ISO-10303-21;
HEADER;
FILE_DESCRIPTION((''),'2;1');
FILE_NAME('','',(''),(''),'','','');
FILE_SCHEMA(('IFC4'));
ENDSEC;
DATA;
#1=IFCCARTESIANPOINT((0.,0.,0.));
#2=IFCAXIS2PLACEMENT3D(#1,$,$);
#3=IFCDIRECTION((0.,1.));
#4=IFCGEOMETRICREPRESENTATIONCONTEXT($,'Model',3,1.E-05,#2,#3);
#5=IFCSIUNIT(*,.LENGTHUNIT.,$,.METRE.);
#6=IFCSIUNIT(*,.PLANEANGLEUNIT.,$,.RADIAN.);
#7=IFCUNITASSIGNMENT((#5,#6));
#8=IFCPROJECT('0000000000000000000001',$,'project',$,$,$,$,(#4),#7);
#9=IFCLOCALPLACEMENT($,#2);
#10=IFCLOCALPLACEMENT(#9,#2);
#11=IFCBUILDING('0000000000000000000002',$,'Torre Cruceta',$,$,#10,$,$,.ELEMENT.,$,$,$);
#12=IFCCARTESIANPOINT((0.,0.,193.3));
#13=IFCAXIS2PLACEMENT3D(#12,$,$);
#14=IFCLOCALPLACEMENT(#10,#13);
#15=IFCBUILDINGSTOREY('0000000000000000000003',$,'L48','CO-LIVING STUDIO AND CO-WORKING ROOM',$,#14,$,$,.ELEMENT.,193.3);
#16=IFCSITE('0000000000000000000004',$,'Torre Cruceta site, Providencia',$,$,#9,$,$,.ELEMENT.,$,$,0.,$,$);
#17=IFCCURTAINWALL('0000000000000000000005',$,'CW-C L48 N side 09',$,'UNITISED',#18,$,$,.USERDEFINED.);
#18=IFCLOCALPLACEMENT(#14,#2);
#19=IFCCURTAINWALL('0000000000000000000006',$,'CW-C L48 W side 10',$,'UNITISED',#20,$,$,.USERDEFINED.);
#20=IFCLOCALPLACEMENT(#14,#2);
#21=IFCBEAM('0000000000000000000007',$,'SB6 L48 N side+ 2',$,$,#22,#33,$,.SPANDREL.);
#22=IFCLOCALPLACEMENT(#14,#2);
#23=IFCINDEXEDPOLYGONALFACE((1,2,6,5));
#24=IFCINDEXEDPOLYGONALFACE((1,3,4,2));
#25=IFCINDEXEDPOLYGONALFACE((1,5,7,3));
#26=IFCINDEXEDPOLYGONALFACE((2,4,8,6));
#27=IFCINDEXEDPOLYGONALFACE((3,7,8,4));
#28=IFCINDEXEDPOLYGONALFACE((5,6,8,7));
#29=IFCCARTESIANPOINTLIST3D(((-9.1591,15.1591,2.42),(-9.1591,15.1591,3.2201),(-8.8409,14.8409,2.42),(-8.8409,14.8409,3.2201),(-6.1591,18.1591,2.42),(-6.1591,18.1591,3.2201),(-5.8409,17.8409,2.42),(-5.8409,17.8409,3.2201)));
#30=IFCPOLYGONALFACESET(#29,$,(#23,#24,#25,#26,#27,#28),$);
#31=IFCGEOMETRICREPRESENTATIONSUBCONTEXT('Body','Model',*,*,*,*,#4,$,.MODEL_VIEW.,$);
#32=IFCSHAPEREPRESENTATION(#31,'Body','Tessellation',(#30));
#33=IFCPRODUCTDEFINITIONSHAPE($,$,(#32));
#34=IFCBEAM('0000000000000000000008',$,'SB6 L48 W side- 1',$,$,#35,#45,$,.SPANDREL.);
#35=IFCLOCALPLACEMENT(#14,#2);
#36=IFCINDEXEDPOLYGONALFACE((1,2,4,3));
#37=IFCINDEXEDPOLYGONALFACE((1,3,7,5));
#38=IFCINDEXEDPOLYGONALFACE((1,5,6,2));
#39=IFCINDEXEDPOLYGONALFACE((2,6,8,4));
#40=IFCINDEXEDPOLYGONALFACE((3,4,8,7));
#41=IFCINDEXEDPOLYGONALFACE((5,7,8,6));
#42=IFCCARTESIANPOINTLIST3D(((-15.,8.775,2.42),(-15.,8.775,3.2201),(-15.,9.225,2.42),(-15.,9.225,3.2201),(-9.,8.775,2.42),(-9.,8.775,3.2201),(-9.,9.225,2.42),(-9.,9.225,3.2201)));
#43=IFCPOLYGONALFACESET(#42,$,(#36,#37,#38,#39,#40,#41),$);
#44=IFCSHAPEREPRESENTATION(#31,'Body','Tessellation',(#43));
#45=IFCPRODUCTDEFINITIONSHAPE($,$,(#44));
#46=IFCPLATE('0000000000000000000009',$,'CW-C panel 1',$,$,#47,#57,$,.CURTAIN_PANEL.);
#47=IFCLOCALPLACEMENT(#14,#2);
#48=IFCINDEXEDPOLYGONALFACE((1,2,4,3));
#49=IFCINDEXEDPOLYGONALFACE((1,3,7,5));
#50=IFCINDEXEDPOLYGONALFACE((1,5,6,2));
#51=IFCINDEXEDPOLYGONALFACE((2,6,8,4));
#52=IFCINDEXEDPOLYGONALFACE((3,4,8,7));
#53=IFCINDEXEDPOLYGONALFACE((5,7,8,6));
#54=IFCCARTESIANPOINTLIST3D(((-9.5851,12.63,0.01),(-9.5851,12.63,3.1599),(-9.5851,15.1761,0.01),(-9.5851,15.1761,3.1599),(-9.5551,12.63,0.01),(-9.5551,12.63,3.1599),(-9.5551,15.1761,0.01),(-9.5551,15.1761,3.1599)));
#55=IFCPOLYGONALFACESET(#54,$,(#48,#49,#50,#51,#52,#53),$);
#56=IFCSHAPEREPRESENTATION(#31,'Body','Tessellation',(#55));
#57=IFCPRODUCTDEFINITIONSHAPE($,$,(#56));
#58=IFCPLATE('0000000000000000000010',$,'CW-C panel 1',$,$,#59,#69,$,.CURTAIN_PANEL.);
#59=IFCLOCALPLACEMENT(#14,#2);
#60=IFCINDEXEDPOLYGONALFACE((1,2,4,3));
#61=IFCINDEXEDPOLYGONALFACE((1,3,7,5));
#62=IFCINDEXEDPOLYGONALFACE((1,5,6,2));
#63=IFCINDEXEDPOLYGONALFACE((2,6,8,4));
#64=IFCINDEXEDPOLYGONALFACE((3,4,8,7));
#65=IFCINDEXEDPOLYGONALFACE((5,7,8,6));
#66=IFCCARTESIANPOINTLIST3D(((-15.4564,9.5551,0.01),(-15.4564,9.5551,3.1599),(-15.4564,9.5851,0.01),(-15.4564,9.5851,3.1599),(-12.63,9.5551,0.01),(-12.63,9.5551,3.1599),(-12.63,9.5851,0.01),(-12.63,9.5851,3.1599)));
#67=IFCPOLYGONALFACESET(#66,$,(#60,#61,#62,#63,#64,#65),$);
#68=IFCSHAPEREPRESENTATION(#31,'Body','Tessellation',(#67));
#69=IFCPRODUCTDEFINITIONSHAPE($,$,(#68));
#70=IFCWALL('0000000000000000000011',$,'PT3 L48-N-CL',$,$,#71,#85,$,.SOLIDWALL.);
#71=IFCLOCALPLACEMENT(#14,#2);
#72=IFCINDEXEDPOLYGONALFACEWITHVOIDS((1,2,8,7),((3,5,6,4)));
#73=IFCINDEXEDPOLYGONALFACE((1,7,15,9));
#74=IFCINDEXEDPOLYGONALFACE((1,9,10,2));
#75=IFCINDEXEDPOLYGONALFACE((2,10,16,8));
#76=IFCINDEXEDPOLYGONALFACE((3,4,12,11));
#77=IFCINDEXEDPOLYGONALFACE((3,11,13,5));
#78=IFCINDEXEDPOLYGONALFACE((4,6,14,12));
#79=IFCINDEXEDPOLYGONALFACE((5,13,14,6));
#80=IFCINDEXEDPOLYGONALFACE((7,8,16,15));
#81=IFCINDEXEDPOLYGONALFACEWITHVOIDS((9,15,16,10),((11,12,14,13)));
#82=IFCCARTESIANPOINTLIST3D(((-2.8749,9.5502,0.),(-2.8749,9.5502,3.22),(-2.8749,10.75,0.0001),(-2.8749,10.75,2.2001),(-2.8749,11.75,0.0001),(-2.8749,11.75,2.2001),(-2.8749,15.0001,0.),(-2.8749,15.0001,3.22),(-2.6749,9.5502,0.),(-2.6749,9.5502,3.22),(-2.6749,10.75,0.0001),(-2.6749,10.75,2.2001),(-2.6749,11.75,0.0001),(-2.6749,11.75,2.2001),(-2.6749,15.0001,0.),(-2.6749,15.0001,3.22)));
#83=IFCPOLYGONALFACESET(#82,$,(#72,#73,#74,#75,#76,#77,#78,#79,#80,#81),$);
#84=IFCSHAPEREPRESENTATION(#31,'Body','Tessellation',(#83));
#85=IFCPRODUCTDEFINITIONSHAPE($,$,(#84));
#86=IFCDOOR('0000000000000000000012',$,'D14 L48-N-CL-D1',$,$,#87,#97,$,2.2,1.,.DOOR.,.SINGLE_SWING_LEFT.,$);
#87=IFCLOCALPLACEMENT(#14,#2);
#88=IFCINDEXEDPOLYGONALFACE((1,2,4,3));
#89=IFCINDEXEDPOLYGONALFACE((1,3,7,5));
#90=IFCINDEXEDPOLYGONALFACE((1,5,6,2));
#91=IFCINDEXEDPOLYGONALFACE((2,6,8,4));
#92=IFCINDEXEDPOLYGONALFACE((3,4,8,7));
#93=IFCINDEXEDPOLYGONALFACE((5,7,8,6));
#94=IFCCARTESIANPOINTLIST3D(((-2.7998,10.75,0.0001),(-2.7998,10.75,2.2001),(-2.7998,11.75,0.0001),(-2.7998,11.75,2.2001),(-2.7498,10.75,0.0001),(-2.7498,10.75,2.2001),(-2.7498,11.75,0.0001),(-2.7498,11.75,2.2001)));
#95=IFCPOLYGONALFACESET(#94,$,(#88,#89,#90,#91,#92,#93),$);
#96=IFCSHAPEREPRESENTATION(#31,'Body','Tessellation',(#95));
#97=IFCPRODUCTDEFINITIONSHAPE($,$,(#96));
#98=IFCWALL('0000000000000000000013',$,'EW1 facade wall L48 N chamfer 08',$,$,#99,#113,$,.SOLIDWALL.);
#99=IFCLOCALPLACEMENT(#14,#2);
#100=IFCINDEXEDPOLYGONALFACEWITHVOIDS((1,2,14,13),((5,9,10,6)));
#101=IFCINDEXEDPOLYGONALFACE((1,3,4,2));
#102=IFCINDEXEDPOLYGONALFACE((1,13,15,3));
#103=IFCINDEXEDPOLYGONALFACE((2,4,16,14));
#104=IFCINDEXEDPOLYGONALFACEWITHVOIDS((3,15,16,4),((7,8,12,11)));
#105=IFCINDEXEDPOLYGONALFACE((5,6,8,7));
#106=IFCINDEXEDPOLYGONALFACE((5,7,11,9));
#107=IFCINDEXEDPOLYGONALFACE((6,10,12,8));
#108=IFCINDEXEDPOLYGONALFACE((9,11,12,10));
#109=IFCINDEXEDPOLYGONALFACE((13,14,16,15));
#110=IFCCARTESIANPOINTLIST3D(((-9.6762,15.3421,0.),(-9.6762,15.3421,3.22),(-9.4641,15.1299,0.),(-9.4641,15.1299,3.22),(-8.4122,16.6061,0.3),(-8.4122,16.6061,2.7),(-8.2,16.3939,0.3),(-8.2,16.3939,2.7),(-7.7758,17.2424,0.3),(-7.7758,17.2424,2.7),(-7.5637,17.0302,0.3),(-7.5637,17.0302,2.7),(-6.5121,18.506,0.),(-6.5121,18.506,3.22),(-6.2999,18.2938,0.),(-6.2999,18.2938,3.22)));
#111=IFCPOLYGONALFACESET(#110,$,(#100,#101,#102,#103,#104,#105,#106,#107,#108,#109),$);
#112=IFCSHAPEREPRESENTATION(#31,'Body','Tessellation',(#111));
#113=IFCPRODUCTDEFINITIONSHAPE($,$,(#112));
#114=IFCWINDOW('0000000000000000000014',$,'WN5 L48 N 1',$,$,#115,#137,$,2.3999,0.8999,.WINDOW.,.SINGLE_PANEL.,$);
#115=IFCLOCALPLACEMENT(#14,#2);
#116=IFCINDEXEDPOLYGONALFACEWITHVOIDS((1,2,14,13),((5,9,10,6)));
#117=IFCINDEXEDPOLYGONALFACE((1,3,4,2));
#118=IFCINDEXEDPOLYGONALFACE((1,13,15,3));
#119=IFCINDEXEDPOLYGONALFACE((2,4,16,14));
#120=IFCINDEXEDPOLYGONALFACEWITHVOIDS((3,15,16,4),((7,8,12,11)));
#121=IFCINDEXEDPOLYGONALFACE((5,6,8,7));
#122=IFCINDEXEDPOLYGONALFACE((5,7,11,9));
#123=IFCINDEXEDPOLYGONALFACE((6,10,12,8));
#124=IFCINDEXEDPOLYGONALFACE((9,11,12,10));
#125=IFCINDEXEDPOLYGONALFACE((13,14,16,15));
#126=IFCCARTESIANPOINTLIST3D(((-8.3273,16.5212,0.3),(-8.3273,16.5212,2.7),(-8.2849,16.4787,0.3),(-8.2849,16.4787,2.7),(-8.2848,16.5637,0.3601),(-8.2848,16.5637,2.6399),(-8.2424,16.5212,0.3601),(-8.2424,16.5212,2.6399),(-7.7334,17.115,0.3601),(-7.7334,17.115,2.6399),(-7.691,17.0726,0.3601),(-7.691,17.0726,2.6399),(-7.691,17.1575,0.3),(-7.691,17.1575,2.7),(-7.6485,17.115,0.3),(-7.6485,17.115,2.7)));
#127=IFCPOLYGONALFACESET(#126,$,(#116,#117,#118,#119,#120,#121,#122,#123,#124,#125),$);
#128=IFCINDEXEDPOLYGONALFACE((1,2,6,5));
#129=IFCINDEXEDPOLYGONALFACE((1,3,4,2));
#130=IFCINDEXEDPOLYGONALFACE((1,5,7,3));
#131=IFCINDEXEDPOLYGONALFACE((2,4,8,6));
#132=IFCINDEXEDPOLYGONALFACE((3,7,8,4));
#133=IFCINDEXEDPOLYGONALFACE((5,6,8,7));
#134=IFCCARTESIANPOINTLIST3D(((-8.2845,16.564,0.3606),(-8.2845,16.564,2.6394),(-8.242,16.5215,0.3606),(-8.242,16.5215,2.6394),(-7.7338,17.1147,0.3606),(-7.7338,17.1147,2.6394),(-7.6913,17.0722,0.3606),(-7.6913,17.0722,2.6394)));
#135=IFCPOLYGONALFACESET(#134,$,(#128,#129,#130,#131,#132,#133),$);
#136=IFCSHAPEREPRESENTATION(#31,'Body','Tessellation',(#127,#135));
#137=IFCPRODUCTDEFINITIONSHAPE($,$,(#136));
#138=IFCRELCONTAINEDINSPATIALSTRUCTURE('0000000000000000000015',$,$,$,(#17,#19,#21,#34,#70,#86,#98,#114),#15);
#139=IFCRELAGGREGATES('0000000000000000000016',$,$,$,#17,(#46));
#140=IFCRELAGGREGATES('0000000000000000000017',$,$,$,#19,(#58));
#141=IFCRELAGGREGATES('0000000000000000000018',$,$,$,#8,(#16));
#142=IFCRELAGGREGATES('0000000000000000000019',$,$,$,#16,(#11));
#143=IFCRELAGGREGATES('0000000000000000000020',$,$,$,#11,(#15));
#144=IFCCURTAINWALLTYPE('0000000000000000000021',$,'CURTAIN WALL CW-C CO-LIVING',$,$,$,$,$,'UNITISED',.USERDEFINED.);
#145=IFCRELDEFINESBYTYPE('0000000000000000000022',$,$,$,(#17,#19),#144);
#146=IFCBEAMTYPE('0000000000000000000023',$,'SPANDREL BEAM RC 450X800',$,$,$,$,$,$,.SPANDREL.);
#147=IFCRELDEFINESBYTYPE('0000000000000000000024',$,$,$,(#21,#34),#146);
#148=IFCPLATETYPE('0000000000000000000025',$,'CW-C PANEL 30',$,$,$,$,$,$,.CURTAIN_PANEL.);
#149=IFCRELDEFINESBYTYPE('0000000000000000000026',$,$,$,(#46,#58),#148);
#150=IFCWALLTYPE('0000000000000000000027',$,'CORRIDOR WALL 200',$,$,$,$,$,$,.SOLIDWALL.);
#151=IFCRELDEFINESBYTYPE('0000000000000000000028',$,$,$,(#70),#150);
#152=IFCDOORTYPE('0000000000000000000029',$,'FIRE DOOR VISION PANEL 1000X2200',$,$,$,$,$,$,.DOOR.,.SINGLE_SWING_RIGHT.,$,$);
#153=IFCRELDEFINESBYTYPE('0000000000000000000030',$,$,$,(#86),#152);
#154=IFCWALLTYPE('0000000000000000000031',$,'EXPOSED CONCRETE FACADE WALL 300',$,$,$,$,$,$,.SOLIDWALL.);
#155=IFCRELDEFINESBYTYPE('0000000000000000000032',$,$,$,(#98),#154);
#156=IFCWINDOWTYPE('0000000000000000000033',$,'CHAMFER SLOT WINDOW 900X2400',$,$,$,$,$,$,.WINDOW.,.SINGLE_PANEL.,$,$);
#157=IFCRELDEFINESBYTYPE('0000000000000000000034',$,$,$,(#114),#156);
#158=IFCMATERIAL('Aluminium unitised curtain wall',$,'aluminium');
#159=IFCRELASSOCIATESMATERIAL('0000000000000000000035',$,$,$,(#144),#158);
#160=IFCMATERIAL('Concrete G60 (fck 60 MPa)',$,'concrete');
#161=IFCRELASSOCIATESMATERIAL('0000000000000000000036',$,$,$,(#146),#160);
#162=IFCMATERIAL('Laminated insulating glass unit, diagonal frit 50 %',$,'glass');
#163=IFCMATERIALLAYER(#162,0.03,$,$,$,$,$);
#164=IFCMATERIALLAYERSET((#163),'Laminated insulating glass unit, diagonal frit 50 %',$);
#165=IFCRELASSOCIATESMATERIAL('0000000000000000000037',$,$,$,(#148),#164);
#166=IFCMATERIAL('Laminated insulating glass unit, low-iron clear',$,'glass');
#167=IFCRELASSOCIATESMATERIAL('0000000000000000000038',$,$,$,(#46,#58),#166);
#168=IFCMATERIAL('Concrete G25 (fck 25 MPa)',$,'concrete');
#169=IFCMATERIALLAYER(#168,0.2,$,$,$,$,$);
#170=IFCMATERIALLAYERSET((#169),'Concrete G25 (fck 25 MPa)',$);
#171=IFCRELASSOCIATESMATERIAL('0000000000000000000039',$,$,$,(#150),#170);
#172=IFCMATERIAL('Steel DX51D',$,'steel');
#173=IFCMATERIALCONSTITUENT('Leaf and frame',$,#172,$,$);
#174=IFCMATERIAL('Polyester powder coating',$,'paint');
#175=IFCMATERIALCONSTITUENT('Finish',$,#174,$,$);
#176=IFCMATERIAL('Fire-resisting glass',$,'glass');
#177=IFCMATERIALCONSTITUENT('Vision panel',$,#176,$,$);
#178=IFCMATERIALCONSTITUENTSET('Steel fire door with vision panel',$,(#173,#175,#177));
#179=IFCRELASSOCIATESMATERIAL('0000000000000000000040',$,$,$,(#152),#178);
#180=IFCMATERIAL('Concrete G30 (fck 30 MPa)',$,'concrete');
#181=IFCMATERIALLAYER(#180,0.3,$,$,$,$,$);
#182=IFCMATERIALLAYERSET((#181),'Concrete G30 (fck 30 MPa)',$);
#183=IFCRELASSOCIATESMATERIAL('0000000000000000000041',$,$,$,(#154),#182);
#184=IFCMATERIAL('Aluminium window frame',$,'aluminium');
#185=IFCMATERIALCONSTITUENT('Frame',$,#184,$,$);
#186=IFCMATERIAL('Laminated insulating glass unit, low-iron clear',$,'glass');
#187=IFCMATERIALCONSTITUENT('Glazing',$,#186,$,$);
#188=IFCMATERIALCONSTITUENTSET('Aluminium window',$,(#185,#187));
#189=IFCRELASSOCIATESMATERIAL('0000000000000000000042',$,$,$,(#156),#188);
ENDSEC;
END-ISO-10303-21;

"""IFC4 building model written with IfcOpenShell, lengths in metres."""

from ifc_helpers import new_model, si_unit, direction, frame, frame_2d, origin, origin_2d, place, context, subcontext, project, spatial, rectangle, hollow_rectangle, extrude, material, layer, layer_set, constituent, constituent_set, material_profile, profile_set, type_object, element, fill, aggregate, save


model = new_model("IFC4")

# Units and contexts
model_context = context("Model", 3, precision=1e-05, world=origin(), true_north=direction((0.0, 1.0)))
body_context = subcontext(model_context, "Body", "Model", "MODEL_VIEW")
ifc_project = project(units=[si_unit("LENGTHUNIT", "METRE"), si_unit("PLANEANGLEUNIT", "RADIAN")], contexts=[model_context])

# Site, building, storey
site_placement = place(None, origin())
site = spatial("IfcSite", under=ifc_project, at=site_placement, Name="Torre Cruceta site, Providencia", CompositionType="ELEMENT", RefElevation=0.0)
building_placement = place(site_placement, origin())
building = spatial("IfcBuilding", under=site, at=building_placement, Name="Torre Cruceta", CompositionType="ELEMENT")
storey_placement = place(building_placement, frame((0.0, 0.0, 193.3)))
storey = spatial("IfcBuildingStorey", under=building, at=storey_placement, Name="L48", Description="CO-LIVING STUDIO AND CO-WORKING ROOM", CompositionType="ELEMENT", Elevation=193.3)

# Curtain wall
ifc_material_1 = material(Name="Aluminium unitised curtain wall", Category="aluminium")
curtain_wall_type = type_object("IfcCurtainWallType", Name="CURTAIN WALL CW-C CO-LIVING", ElementType="UNITISED", PredefinedType="USERDEFINED", material=ifc_material_1)
curtain_wall_1_placement = place(storey_placement, origin())
curtain_wall_1 = element("IfcCurtainWall", 1, at=curtain_wall_1_placement, inside=storey, type_object=curtain_wall_type, Name="CW-C L48 N side 09", ObjectType="UNITISED", PredefinedType="USERDEFINED")

# Curtain wall
curtain_wall_2_placement = place(storey_placement, origin())
curtain_wall_2 = element("IfcCurtainWall", 2, at=curtain_wall_2_placement, inside=storey, type_object=curtain_wall_type, Name="CW-C L48 W side 10", ObjectType="UNITISED", PredefinedType="USERDEFINED")

# Beams
ifc_material_2 = material(Name="Concrete G60 (fck 60 MPa)", Category="concrete")
ifc_material_profile_1 = material_profile(ifc_material_2, rectangle(XDim=0.45, YDim=0.8, at=origin_2d()), Name="RC 450X800")
ifc_profile_set_1 = profile_set([ifc_material_profile_1], Name="Concrete G60 (fck 60 MPa)")
beam_type_1 = type_object("IfcBeamType", Name="SPANDREL BEAM RC 450X800", PredefinedType="SPANDREL", material=ifc_profile_set_1)
beam_1_placement = place(storey_placement, frame((-9.0, 15.0, 2.8201), z_axis=(0.707107, 0.707107, 0.0), x_axis=(-0.707107, 0.707107, 0.0)))
element("IfcBeam", 3, at=beam_1_placement, inside=storey, type_object=beam_type_1, Name="SB6 L48 N side+ 2", PredefinedType="SPANDREL", context=body_context, shape_type="SweptSolid", body=[
    extrude(rectangle(XDim=0.45, YDim=0.8, at=origin_2d()), origin(), (0.0, 0.0, 1.0), 4.2427),
])
beam_2_placement = place(storey_placement, frame((-9.0, 9.0, 2.8201), z_axis=(-1.0, 0.0, 0.0), x_axis=(0.0, -1.0, 0.0)))
element("IfcBeam", 4, at=beam_2_placement, inside=storey, type_object=beam_type_1, Name="SB6 L48 W side- 1", PredefinedType="SPANDREL", context=body_context, shape_type="SweptSolid", body=[
    extrude(rectangle(XDim=0.45, YDim=0.8, at=origin_2d()), origin(), (0.0, 0.0, 1.0), 6.0),
])

# Plates
ifc_material_3 = material(Name="Laminated insulating glass unit, low-iron clear", Category="glass")
ifc_material_4 = material(Name="Laminated insulating glass unit, diagonal frit 50 %", Category="glass")
ifc_layer_1 = layer(ifc_material_4, 0.03)
ifc_layer_set_1 = layer_set([ifc_layer_1], Name="Laminated insulating glass unit, diagonal frit 50 %")
plate_type = type_object("IfcPlateType", Name="CW-C PANEL 30", PredefinedType="CURTAIN_PANEL", material=ifc_layer_set_1)
plate_1_placement = place(storey_placement, frame((-9.5701, 13.9031, 0.01), z_axis=(0.0, 0.0, 1.0), x_axis=(0.0, -1.0, 0.0)))
plate_1 = element("IfcPlate", 5, at=plate_1_placement, type_object=plate_type, material=ifc_material_3, Name="CW-C panel 1", PredefinedType="CURTAIN_PANEL", context=body_context, shape_type="SweptSolid", body=[
    extrude(rectangle(XDim=2.5461, YDim=0.03, at=origin_2d()), origin(), (0.0, 0.0, 1.0), 3.1499),
])
aggregate(curtain_wall_1, [plate_1])
plate_2_placement = place(storey_placement, frame((-14.0432, 9.5701, 0.01), z_axis=(0.0, 0.0, 1.0), x_axis=(-1.0, 0.0, 0.0)))
plate_2 = element("IfcPlate", 6, at=plate_2_placement, type_object=plate_type, material=ifc_material_3, Name="CW-C panel 1", PredefinedType="CURTAIN_PANEL", context=body_context, shape_type="SweptSolid", body=[
    extrude(rectangle(XDim=2.8264, YDim=0.03, at=origin_2d()), origin(), (0.0, 0.0, 1.0), 3.1499),
])
aggregate(curtain_wall_2, [plate_2])

# Wall, opening, door
ifc_material_5 = material(Name="Concrete G25 (fck 25 MPa)", Category="concrete")
ifc_layer_2 = layer(ifc_material_5, 0.2)
ifc_layer_set_2 = layer_set([ifc_layer_2], Name="Concrete G25 (fck 25 MPa)")
wall_type_1 = type_object("IfcWallType", Name="CORRIDOR WALL 200", PredefinedType="SOLIDWALL", material=ifc_layer_set_2)
wall_1_placement = place(storey_placement, frame((-2.7749, 9.55, 0.0), z_axis=(0.0, 0.0, 1.0), x_axis=(0.0, 1.0, 0.0)))
wall_1 = element("IfcWall", 7, at=wall_1_placement, inside=storey, type_object=wall_type_1, Name="PT3 L48-N-CL", PredefinedType="SOLIDWALL", context=body_context, shape_type="SweptSolid", body=[
    extrude(rectangle(XDim=5.45, YDim=0.2, at=frame_2d((2.7251, 0.0))), origin(), (0.0, 0.0, 1.0), 3.22),
])
opening_1_placement = place(wall_1_placement, frame((1.2, 0.0, 0.0)))
opening_1 = element("IfcOpeningElement", 8, at=opening_1_placement, cuts=wall_1, PredefinedType="OPENING", context=body_context, shape_type="SweptSolid", body=[
    extrude(rectangle(XDim=1.0, YDim=2.2, at=frame_2d((0.5, 1.1001))), frame((0.0, 0.1099, 0.0), z_axis=(0.0, -1.0, 0.0), x_axis=(1.0, 0.0, 0.0)), (0.0, 0.0, 1.0), 0.22),
])
ifc_material_6 = material(Name="Steel DX51D", Category="steel")
ifc_constituent_1 = constituent(ifc_material_6, Name="Leaf and frame")
ifc_material_7 = material(Name="Polyester powder coating", Category="paint")
ifc_constituent_2 = constituent(ifc_material_7, Name="Finish")
ifc_material_8 = material(Name="Fire-resisting glass", Category="glass")
ifc_constituent_3 = constituent(ifc_material_8, Name="Vision panel")
ifc_constituent_set_1 = constituent_set(constituents=[ifc_constituent_1, ifc_constituent_2, ifc_constituent_3], Name="Steel fire door with vision panel")
door_type_1 = type_object("IfcDoorType", Name="FIRE DOOR VISION PANEL 1000X2200", OperationType="SINGLE_SWING_RIGHT", PredefinedType="DOOR", material=ifc_constituent_set_1)
door_1_placement = place(opening_1_placement, origin())
door_1 = element("IfcDoor", 9, at=door_1_placement, inside=storey, type_object=door_type_1, Name="D14 L48-N-CL-D1", OperationType="SINGLE_SWING_LEFT", OverallHeight=2.2, OverallWidth=1.0, PredefinedType="DOOR", context=body_context, shape_type="SweptSolid", body=[
    extrude(rectangle(XDim=1.0, YDim=2.2, at=frame_2d((0.5, 1.1001))), frame((0.0, 0.0249, 0.0), z_axis=(0.0, -1.0, 0.0), x_axis=(1.0, 0.0, 0.0)), (0.0, 0.0, 1.0), 0.05),
])
fill(opening_1, door_1)

# Wall, opening, window
ifc_material_9 = material(Name="Concrete G30 (fck 30 MPa)", Category="concrete")
ifc_layer_3 = layer(ifc_material_9, 0.3)
ifc_layer_set_3 = layer_set([ifc_layer_3], Name="Concrete G30 (fck 30 MPa)")
wall_type_2 = type_object("IfcWallType", Name="EXPOSED CONCRETE FACADE WALL 300", PredefinedType="SOLIDWALL", material=ifc_layer_set_3)
wall_2_placement = place(storey_placement, frame((-6.406, 18.3999, 0.0), z_axis=(0.0, 0.0, 1.0), x_axis=(-0.707134, -0.707079, 0.0)))
wall_2 = element("IfcWall", 10, at=wall_2_placement, inside=storey, type_object=wall_type_2, Name="EW1 facade wall L48 N chamfer 08", PredefinedType="SOLIDWALL", context=body_context, shape_type="SweptSolid", body=[
    extrude(rectangle(XDim=4.4746, YDim=0.3, at=frame_2d((2.2373, 0.0))), origin(), (0.0, 0.0, 1.0), 3.22),
])
opening_2_placement = place(wall_2_placement, frame((1.7871, 0.0, 0.3)))
opening_2 = element("IfcOpeningElement", 11, at=opening_2_placement, cuts=wall_2, PredefinedType="OPENING", context=body_context, shape_type="SweptSolid", body=[
    extrude(rectangle(XDim=0.8999, YDim=2.3999, at=frame_2d((0.45, 1.2))), frame((0.0, 0.1599, 0.0), z_axis=(0.0, -1.0, 0.0), x_axis=(1.0, 0.0, 0.0)), (0.0, 0.0, 1.0), 0.3201),
])
ifc_material_10 = material(Name="Aluminium window frame", Category="aluminium")
ifc_constituent_4 = constituent(ifc_material_10, Name="Frame")
ifc_material_11 = material(Name="Laminated insulating glass unit, low-iron clear", Category="glass")
ifc_constituent_5 = constituent(ifc_material_11, Name="Glazing")
ifc_constituent_set_2 = constituent_set(constituents=[ifc_constituent_4, ifc_constituent_5], Name="Aluminium window")
window_type = type_object("IfcWindowType", Name="CHAMFER SLOT WINDOW 900X2400", PartitioningType="SINGLE_PANEL", PredefinedType="WINDOW", material=ifc_constituent_set_2)
window_placement = place(opening_2_placement, origin())
window = element("IfcWindow", 12, at=window_placement, inside=storey, type_object=window_type, Name="WN5 L48 N 1", OverallHeight=2.3999, OverallWidth=0.8999, PartitioningType="SINGLE_PANEL", PredefinedType="WINDOW", context=body_context, shape_type="SweptSolid", body=[
    extrude(hollow_rectangle(XDim=0.8999, YDim=2.3999, WallThickness=0.0601, at=frame_2d((0.45, 1.2))), frame((0.0, 0.03, 0.0), z_axis=(0.0, -1.0, 0.0), x_axis=(1.0, 0.0, 0.0)), (0.0, 0.0, 1.0), 0.0601),
    extrude(rectangle(XDim=0.7788, YDim=2.2788, at=frame_2d((0.45, 1.2))), frame((0.0, 0.03, 0.0), z_axis=(0.0, -1.0, 0.0), x_axis=(1.0, 0.0, 0.0)), (0.0, 0.0, 1.0), 0.0601),
])
fill(opening_2, window)

save(model, "model.ifc")
